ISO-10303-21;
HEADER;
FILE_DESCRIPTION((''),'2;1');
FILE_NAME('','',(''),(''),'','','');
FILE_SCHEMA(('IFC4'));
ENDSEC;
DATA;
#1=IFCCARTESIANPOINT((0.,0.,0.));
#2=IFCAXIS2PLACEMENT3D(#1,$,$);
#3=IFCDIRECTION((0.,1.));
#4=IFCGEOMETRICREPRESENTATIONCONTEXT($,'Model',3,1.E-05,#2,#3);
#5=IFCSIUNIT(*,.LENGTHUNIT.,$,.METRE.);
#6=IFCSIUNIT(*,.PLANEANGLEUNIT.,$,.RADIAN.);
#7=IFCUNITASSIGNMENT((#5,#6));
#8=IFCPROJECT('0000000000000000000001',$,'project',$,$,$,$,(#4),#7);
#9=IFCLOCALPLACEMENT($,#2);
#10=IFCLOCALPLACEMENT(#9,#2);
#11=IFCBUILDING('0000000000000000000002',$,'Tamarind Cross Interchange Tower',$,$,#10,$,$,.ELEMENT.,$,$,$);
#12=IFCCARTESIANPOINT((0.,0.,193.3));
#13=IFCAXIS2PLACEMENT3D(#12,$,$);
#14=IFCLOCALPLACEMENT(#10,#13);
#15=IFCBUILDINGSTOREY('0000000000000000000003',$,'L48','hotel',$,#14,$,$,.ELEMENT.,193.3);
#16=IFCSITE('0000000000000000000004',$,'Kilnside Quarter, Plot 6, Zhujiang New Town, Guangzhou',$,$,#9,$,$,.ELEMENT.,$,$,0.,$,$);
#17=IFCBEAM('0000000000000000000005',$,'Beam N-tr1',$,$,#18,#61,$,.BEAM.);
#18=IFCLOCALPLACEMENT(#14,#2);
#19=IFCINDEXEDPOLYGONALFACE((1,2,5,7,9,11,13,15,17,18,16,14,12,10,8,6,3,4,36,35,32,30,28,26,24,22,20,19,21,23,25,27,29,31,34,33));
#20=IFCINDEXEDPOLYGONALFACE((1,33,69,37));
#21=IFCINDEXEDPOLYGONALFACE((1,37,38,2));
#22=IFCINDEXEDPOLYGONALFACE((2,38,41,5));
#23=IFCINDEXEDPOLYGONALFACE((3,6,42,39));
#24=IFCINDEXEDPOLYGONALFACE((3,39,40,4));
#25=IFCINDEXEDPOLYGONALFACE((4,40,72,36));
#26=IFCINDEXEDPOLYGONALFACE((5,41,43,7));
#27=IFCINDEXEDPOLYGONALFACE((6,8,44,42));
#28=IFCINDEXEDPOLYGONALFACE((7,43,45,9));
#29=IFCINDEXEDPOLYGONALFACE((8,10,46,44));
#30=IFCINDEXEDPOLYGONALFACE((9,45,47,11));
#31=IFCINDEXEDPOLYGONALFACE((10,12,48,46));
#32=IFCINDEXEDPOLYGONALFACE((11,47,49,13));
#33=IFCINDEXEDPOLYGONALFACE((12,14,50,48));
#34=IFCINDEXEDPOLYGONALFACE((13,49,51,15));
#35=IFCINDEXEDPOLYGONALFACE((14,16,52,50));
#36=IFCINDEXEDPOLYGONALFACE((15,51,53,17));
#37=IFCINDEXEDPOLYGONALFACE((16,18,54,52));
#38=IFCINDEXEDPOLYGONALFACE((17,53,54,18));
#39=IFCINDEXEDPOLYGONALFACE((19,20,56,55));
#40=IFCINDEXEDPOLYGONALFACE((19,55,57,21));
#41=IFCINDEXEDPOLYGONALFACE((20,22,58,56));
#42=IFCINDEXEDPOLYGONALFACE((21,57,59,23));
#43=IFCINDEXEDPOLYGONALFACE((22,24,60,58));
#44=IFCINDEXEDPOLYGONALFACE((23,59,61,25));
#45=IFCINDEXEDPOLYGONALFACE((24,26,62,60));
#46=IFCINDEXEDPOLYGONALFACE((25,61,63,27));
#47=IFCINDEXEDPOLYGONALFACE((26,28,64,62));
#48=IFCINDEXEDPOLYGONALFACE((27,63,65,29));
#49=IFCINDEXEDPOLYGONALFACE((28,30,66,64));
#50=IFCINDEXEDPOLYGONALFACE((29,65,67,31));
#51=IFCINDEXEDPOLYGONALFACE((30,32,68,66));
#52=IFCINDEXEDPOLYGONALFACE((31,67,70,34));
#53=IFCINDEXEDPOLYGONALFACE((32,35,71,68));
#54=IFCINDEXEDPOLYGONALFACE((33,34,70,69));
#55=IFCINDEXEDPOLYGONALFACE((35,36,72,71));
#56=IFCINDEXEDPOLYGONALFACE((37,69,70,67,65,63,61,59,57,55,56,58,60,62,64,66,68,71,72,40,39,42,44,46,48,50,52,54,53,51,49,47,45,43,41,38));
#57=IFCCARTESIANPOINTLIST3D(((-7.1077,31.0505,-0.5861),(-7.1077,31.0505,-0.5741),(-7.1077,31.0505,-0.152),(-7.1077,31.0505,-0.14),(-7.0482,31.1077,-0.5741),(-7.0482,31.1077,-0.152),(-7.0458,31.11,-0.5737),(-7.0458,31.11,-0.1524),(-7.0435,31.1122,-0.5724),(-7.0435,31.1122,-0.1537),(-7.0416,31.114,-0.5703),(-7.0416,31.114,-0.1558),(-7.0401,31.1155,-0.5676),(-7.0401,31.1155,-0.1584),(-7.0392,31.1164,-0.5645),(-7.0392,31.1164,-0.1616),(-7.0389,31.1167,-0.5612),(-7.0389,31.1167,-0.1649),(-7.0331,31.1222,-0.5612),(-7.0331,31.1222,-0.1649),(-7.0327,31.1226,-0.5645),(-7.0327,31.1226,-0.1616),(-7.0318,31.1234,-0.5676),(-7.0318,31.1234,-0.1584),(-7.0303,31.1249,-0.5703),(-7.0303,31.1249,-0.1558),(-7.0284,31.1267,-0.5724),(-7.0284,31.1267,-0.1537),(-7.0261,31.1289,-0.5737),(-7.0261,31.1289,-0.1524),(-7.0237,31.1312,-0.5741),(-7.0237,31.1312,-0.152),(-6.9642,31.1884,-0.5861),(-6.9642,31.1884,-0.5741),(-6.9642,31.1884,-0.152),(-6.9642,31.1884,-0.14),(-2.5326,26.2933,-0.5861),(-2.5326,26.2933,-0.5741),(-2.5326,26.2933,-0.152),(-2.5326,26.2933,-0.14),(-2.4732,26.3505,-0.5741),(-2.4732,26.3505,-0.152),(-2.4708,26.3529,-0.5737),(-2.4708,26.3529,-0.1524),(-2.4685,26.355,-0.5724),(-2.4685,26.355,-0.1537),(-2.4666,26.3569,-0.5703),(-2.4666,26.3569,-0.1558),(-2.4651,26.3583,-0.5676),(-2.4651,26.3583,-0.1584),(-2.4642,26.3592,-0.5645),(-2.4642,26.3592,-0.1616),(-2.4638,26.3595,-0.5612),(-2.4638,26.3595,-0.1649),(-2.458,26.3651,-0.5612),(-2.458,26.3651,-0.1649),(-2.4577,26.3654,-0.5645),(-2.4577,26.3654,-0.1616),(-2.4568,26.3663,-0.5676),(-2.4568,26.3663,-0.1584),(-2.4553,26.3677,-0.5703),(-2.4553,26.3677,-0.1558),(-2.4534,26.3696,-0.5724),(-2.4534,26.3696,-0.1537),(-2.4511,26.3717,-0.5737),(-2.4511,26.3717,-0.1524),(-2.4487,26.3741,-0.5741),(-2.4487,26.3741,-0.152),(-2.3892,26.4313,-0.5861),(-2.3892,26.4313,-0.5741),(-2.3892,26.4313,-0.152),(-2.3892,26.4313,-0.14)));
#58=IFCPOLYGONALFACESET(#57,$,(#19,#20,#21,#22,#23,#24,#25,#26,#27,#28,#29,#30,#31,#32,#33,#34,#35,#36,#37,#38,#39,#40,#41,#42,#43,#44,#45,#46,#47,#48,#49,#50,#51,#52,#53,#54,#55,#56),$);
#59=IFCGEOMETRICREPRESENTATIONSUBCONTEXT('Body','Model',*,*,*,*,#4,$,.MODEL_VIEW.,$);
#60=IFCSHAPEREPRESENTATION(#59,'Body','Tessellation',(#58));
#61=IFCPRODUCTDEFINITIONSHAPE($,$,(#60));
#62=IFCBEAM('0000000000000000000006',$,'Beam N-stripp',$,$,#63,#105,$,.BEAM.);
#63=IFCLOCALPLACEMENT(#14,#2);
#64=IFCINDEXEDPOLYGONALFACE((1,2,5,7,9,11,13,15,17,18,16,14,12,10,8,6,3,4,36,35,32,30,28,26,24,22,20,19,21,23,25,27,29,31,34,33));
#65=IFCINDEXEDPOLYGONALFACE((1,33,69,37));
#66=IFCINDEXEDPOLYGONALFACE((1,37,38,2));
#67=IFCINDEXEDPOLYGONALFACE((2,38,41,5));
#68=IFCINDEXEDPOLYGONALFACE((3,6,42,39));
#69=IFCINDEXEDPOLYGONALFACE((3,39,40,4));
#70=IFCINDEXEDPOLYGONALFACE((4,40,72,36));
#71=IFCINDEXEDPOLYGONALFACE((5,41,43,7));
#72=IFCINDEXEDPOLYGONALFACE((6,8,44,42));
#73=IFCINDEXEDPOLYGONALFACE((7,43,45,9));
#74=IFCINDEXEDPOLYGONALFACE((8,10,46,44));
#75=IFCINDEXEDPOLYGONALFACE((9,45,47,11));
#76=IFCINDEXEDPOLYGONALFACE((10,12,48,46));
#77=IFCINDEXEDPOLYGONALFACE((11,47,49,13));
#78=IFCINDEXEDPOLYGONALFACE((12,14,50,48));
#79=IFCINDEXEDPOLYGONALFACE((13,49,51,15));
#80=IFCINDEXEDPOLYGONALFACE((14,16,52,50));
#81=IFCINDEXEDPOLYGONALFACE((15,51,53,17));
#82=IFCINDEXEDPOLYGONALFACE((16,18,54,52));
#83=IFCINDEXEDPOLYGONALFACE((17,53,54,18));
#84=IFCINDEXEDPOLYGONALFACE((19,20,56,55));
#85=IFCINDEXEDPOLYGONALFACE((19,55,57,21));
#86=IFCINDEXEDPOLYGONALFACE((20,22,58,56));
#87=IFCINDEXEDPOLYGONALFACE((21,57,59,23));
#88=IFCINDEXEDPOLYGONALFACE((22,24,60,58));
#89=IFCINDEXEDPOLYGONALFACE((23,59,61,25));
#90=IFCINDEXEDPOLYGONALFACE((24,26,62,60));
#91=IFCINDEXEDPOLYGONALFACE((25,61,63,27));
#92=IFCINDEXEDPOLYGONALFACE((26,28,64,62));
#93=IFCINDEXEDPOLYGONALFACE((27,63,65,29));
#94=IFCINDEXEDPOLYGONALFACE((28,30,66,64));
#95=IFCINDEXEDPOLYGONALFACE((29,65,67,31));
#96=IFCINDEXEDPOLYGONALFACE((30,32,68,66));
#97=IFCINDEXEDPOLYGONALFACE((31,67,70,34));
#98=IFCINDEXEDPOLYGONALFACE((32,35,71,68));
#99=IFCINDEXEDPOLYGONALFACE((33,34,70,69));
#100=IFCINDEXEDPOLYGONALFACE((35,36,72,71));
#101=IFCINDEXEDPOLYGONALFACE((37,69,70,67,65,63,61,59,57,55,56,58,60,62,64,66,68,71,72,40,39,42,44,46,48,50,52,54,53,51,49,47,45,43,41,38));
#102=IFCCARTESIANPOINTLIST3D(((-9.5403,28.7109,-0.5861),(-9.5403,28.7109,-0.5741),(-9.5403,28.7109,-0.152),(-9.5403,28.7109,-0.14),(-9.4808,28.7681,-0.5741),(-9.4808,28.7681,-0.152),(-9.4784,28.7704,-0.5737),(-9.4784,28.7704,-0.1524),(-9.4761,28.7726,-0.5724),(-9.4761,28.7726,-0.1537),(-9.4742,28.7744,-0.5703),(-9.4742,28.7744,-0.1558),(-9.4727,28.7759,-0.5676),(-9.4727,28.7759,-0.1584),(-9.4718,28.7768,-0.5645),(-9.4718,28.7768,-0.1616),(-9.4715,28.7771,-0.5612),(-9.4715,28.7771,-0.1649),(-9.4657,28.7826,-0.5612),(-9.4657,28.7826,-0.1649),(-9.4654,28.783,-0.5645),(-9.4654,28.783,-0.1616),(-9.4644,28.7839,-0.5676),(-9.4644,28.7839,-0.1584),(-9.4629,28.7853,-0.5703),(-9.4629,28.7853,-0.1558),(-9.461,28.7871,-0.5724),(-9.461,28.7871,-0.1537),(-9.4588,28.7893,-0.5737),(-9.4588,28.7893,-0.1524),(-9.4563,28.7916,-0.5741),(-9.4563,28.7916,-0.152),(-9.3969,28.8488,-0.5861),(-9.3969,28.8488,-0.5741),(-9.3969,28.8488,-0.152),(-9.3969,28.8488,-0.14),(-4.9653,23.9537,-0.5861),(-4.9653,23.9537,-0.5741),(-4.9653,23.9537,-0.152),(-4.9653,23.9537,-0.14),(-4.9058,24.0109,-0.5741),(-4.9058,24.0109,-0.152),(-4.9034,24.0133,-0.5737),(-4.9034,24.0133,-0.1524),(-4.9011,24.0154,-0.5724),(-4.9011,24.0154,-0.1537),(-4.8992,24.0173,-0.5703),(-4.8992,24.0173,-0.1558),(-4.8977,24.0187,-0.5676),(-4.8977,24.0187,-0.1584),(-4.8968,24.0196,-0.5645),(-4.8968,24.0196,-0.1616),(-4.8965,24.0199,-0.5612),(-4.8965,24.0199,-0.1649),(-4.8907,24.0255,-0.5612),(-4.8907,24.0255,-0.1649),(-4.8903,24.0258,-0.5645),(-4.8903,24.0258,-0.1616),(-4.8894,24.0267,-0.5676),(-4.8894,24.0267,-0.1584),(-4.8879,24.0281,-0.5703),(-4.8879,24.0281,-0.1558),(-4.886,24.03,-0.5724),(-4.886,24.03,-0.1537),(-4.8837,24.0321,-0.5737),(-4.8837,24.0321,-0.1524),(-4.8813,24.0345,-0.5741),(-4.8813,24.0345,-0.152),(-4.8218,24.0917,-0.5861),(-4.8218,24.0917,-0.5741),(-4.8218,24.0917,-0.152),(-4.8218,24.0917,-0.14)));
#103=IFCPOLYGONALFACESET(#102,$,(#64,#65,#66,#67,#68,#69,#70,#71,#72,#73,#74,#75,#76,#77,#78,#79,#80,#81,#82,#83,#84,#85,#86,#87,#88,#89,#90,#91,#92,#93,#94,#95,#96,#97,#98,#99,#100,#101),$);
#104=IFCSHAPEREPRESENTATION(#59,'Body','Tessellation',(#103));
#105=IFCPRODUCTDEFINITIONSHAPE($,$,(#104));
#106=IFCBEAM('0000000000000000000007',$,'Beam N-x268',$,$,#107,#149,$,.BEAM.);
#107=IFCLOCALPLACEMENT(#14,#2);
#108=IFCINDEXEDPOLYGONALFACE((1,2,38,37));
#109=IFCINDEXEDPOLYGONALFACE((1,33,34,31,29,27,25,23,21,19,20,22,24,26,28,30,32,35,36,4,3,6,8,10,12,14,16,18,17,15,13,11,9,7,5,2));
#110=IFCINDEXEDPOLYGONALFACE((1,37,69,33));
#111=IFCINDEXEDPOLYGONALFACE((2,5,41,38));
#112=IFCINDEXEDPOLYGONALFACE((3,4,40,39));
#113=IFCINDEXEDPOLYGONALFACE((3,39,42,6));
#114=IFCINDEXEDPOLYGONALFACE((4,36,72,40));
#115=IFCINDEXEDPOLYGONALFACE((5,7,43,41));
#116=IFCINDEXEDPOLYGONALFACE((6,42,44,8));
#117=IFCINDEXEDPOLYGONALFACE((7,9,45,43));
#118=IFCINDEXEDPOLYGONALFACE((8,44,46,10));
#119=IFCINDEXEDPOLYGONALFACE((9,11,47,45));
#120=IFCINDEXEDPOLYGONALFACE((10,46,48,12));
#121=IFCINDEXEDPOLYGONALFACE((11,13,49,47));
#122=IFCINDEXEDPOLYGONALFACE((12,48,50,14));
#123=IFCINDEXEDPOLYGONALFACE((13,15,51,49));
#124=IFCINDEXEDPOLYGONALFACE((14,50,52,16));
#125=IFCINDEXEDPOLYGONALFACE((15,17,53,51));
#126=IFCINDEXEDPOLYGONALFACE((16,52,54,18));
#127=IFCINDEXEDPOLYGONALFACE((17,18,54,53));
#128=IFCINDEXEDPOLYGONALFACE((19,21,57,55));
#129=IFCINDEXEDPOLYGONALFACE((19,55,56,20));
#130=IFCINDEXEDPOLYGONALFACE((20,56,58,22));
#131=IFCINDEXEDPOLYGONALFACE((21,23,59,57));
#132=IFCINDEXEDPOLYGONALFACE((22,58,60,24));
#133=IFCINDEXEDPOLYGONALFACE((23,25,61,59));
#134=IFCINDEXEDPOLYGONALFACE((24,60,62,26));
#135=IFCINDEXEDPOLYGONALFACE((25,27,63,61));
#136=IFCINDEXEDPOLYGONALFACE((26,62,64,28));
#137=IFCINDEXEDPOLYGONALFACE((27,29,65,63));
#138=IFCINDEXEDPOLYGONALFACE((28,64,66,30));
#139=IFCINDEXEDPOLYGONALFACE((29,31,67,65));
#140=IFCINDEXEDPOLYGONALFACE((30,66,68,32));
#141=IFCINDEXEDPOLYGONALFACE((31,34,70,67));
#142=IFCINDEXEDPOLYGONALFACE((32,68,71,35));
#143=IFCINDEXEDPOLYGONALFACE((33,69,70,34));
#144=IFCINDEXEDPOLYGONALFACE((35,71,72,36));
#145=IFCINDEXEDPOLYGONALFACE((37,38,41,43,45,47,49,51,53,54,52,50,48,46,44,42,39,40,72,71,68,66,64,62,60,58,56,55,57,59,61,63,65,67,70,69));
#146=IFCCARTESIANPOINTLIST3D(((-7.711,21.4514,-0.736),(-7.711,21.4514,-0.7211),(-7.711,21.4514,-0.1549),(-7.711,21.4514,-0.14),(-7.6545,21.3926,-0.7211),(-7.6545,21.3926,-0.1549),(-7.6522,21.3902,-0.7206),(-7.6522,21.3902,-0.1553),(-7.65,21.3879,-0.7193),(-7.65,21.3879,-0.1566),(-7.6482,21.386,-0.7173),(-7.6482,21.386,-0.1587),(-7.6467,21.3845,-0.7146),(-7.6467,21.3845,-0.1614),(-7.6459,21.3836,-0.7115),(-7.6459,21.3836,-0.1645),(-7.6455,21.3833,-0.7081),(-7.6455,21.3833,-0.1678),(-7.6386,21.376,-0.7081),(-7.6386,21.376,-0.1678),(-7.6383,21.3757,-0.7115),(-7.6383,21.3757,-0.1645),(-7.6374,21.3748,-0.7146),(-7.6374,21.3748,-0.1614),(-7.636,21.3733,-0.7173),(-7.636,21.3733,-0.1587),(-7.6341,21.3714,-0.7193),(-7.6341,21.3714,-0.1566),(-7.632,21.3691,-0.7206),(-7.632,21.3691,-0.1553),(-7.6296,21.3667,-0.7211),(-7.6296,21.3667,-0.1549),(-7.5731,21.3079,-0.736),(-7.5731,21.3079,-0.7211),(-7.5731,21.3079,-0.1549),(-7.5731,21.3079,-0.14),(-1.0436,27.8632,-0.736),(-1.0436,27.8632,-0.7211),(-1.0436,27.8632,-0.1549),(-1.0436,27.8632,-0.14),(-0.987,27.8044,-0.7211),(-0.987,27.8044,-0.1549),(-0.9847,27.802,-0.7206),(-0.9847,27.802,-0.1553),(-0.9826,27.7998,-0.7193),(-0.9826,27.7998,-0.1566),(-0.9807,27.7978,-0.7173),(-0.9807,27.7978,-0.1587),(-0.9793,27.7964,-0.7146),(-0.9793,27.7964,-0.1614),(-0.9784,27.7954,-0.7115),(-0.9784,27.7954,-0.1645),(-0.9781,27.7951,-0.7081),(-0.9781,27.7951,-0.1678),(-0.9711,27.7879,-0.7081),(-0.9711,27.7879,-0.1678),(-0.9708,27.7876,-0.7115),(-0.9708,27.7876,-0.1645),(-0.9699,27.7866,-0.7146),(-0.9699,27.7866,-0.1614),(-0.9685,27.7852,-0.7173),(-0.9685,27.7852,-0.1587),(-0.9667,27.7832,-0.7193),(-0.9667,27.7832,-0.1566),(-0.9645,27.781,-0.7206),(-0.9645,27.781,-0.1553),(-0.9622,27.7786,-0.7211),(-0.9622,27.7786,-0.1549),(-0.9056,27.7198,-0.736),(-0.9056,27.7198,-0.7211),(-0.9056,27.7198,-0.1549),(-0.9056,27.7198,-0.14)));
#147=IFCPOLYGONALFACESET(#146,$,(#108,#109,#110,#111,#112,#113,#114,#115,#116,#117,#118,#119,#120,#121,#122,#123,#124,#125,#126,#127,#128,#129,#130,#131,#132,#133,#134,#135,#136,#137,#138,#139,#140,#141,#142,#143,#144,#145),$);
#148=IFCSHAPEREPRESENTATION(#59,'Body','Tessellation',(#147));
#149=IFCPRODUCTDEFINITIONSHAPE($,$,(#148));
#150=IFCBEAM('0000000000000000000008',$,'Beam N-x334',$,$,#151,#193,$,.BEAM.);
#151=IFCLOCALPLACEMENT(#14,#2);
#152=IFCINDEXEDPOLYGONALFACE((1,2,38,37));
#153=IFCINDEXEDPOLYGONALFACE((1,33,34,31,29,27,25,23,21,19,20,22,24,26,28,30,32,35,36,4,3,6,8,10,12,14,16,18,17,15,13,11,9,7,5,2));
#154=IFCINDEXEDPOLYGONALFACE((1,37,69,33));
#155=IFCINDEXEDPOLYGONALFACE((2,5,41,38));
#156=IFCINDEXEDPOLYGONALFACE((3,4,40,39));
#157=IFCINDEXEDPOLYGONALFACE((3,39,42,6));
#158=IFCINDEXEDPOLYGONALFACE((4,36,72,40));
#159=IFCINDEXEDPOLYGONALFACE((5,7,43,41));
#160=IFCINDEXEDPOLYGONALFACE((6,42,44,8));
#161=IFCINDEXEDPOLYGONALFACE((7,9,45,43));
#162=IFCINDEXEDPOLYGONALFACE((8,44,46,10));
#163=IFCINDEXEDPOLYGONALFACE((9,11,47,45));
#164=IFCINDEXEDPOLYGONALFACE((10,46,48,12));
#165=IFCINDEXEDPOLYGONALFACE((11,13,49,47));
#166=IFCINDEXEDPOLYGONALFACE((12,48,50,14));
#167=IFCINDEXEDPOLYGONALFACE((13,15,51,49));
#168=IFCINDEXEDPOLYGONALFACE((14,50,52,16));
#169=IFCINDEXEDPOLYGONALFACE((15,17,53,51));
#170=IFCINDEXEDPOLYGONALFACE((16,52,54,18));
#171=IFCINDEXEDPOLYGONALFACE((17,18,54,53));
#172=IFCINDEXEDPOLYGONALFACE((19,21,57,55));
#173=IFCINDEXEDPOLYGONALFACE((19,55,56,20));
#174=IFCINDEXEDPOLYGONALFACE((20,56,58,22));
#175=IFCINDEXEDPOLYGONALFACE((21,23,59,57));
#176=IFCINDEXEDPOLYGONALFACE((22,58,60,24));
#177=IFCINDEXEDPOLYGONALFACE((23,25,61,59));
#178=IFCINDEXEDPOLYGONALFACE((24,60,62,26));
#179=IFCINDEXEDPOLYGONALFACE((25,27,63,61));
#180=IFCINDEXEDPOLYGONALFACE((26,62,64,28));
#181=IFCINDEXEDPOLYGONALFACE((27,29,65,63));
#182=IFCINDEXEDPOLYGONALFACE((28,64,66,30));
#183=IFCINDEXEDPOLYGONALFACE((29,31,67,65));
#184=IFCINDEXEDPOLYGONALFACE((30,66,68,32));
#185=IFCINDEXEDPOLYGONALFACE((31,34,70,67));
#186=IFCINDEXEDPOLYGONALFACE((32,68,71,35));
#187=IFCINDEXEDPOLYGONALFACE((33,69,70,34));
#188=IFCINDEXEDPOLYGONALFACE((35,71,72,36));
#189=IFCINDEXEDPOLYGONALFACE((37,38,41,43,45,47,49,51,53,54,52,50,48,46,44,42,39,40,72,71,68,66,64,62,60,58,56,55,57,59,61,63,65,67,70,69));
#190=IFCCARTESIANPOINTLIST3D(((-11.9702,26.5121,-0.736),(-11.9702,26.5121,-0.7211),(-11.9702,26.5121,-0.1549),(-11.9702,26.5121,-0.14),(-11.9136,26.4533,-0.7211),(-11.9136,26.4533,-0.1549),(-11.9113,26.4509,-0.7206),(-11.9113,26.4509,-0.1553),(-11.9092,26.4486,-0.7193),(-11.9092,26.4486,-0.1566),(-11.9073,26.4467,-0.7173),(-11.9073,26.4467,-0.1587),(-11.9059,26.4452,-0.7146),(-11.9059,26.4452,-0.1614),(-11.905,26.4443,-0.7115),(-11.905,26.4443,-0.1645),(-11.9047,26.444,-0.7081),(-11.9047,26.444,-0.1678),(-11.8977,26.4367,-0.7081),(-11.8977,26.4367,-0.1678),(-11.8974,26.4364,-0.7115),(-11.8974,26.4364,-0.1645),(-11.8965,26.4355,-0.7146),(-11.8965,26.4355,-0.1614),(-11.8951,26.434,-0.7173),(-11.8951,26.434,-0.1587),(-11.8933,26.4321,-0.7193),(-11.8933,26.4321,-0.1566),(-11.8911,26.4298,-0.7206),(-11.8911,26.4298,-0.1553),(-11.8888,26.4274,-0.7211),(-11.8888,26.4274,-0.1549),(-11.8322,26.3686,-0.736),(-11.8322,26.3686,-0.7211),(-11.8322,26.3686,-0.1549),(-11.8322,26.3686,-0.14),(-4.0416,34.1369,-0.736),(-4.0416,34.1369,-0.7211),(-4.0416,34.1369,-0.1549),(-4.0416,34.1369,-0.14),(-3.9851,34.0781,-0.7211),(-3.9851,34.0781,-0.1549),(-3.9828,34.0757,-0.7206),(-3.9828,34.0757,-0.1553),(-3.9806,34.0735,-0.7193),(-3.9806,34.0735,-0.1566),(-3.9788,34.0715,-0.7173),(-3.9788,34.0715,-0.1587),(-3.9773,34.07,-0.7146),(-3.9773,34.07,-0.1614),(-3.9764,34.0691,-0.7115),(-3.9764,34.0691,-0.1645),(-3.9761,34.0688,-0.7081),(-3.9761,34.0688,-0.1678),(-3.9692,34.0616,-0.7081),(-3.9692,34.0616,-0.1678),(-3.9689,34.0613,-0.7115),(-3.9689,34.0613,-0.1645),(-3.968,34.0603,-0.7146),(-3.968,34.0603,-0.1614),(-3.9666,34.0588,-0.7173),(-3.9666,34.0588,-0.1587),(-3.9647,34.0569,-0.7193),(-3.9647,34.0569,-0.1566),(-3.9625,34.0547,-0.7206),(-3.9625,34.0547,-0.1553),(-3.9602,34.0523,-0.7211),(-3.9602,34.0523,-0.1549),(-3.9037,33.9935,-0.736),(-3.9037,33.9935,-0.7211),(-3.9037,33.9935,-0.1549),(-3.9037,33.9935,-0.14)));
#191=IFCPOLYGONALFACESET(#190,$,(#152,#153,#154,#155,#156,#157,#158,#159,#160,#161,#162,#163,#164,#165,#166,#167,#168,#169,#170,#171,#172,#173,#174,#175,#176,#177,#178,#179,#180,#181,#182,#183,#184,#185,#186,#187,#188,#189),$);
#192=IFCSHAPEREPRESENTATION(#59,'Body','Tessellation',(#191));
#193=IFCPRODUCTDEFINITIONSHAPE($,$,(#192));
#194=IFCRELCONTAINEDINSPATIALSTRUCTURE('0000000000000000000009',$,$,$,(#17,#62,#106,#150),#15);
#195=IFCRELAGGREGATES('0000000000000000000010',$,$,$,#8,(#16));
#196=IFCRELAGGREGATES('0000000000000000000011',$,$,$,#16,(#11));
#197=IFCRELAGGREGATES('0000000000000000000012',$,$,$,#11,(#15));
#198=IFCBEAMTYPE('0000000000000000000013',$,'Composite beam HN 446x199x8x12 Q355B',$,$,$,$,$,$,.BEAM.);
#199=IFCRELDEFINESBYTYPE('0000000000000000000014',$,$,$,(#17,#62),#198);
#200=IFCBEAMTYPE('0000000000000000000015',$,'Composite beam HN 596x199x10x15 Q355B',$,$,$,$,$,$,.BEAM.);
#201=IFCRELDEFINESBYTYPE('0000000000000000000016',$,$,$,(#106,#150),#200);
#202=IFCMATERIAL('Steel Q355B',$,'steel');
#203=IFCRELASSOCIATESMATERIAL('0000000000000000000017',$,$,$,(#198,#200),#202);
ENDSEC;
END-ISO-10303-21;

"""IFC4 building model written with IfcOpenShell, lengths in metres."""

from ifc_helpers import new_model, si_unit, direction, frame, origin, origin_2d, place, context, subcontext, project, spatial, i_section, extrude, material, material_profile, profile_set, type_object, element, save


model = new_model("IFC4")

# Units and contexts
model_context = context("Model", 3, precision=1e-05, world=origin(), true_north=direction((0.0, 1.0)))
body_context = subcontext(model_context, "Body", "Model", "MODEL_VIEW")
ifc_project = project(units=[si_unit("LENGTHUNIT", "METRE"), si_unit("PLANEANGLEUNIT", "RADIAN")], contexts=[model_context])

# Site, building, storey
site_placement = place(None, origin())
site = spatial("IfcSite", under=ifc_project, at=site_placement, Name="Kilnside Quarter, Plot 6, Zhujiang New Town, Guangzhou", CompositionType="ELEMENT", RefElevation=0.0)
building_placement = place(site_placement, origin())
building = spatial("IfcBuilding", under=site, at=building_placement, Name="Tamarind Cross Interchange Tower", CompositionType="ELEMENT")
storey_placement = place(building_placement, frame((0.0, 0.0, 193.3)))
storey = spatial("IfcBuildingStorey", under=building, at=storey_placement, Name="L48", Description="hotel", CompositionType="ELEMENT", Elevation=193.3)

# Beams
ifc_material_1 = material(Name="Steel Q355B", Category="steel")
ifc_material_profile_1 = material_profile(ifc_material_1, i_section(OverallWidth=0.199, OverallDepth=0.446, WebThickness=0.0081, FlangeThickness=0.012, FilletRadius=0.0129, at=origin_2d()), Name="HN 446x199x8x12")
ifc_profile_set_1 = profile_set([ifc_material_profile_1], Name="Steel Q355B")
beam_type_1 = type_object("IfcBeamType", Name="Composite beam HN 446x199x8x12 Q355B", PredefinedType="BEAM", material=ifc_profile_set_1)
for number, where, z_axis, x_axis, name in (
    (1, (-2.4609, 26.3623, -0.363), (-0.693175, 0.72077, 0.0), (-0.72077, -0.693175, 0.0), "Beam N-tr1"),
    (2, (-4.8936, 24.0227, -0.363), (-0.693175, 0.72077, 0.0), (-0.72077, -0.693175, 0.0), "Beam N-stripp"),
):
    element("IfcBeam", number, at=place(storey_placement, frame(where, z_axis=z_axis, x_axis=x_axis)), inside=storey, type_object=beam_type_1, Name=name, PredefinedType="BEAM", context=body_context, shape_type="SweptSolid", body=[
        extrude(i_section(OverallWidth=0.199, OverallDepth=0.446, WebThickness=0.0081, FlangeThickness=0.012, FilletRadius=0.0129, at=origin_2d()), origin(), (0.0, 0.0, 1.0), 6.6001),
    ])
ifc_material_profile_2 = material_profile(ifc_material_1, i_section(OverallWidth=0.199, OverallDepth=0.5959, WebThickness=0.01, FlangeThickness=0.0149, FilletRadius=0.0129, at=origin_2d()), Name="HN 596x199x10x15")
ifc_profile_set_2 = profile_set([ifc_material_profile_2], Name="Steel Q355B")
beam_type_2 = type_object("IfcBeamType", Name="Composite beam HN 596x199x10x15 Q355B", PredefinedType="BEAM", material=ifc_profile_set_2)
beam_1_placement = place(storey_placement, frame((-0.9746, 27.7915, -0.438), z_axis=(-0.720788, -0.693155, 0.0), x_axis=(0.693155, -0.720788, 0.0)))
element("IfcBeam", 3, at=beam_1_placement, inside=storey, type_object=beam_type_2, Name="Beam N-x268", PredefinedType="BEAM", context=body_context, shape_type="SweptSolid", body=[
    extrude(i_section(OverallWidth=0.199, OverallDepth=0.5959, WebThickness=0.01, FlangeThickness=0.0149, FilletRadius=0.0129, at=origin_2d()), origin(), (0.0, 0.0, 1.0), 9.2502),
])
for number, where, z_axis, x_axis, name in (
    (4, (-3.9727, 34.0652, -0.438), (-0.720777, -0.693167, 0.0), (0.693167, -0.720777, 0.0), "Beam N-x334"),
):
    element("IfcBeam", number, at=place(storey_placement, frame(where, z_axis=z_axis, x_axis=x_axis)), inside=storey, type_object=beam_type_2, Name=name, PredefinedType="BEAM", context=body_context, shape_type="SweptSolid", body=[
        extrude(i_section(OverallWidth=0.199, OverallDepth=0.5959, WebThickness=0.01, FlangeThickness=0.0149, FilletRadius=0.0129, at=origin_2d()), origin(), (0.0, 0.0, 1.0), 11.0),
    ])

save(model, "model.ifc")
